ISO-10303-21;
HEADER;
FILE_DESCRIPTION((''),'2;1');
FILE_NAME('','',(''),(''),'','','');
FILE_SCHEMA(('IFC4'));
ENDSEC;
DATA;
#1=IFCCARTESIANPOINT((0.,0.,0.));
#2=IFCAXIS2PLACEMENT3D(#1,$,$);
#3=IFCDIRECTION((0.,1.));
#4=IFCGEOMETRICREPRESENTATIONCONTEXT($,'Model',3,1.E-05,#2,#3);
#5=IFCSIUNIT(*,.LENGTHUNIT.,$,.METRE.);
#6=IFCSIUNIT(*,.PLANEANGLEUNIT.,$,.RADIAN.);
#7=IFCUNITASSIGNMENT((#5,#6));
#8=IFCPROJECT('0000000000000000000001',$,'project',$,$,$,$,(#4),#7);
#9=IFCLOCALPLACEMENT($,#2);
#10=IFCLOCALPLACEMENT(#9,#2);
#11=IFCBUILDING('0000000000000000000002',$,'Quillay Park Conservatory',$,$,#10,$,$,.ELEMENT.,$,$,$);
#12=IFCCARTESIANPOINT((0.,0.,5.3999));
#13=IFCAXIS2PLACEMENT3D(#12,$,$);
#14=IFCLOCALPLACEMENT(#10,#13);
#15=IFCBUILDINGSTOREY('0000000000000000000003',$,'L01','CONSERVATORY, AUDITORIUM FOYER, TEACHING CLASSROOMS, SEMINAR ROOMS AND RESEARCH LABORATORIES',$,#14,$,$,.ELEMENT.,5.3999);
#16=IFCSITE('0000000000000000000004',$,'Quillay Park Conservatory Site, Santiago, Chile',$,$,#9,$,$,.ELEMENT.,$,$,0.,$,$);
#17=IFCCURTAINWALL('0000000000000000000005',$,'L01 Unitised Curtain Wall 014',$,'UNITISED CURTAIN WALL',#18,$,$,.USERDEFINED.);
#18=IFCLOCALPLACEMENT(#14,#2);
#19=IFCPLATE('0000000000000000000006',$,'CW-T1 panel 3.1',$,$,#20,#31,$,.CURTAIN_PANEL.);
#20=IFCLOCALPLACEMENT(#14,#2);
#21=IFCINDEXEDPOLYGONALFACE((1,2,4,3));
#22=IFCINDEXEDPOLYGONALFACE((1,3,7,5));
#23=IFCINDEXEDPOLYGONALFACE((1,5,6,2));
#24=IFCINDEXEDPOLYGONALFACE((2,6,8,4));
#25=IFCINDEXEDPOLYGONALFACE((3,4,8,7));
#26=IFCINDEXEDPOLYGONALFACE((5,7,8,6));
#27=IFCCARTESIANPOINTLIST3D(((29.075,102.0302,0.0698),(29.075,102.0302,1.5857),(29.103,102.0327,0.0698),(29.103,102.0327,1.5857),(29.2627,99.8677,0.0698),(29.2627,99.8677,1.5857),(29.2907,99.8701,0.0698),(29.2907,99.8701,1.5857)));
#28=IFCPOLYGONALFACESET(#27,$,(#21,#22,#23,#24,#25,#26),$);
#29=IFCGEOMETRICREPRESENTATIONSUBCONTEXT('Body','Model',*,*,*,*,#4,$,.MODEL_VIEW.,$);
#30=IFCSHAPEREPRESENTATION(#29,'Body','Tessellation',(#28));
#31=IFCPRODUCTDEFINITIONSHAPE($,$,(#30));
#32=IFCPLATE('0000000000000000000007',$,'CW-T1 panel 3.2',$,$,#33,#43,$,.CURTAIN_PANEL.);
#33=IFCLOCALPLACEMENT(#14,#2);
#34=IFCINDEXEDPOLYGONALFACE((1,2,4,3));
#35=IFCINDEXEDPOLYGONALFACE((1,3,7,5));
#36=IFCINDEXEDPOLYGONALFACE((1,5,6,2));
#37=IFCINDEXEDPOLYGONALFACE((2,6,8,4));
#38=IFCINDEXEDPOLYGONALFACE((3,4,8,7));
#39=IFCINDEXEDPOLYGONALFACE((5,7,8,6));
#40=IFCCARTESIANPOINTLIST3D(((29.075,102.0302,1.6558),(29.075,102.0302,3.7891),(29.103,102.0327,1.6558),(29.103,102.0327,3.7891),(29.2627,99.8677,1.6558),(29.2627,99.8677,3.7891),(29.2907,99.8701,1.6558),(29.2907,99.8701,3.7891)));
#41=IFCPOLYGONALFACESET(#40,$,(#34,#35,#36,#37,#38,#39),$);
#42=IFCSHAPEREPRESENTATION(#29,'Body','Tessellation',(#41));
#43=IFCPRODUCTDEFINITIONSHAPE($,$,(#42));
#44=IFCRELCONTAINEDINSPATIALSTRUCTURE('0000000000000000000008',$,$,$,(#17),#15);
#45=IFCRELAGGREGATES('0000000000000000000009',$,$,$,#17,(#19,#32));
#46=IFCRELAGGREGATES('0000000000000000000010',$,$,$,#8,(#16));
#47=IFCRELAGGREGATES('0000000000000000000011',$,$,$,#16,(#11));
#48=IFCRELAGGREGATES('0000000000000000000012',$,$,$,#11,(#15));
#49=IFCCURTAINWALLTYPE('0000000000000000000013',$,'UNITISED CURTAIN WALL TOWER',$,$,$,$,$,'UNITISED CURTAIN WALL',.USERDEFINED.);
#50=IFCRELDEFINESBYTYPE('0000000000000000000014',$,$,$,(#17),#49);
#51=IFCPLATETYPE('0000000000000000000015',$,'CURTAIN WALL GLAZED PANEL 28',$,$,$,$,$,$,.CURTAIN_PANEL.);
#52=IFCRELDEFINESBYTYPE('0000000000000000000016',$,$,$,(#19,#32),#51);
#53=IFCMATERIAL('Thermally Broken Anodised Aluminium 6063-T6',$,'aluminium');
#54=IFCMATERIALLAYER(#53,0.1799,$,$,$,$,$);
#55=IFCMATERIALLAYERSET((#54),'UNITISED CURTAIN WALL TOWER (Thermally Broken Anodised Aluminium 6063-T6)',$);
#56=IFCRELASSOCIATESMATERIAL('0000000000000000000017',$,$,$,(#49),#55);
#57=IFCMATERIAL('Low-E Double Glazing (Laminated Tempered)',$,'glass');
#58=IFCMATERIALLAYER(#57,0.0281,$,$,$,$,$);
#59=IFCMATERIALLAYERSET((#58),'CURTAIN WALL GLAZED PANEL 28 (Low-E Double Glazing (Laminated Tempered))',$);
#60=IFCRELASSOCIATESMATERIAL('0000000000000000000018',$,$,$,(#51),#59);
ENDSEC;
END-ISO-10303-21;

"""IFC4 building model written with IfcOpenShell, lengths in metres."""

from ifc_helpers import new_model, si_unit, direction, frame, origin, origin_2d, place, context, subcontext, project, spatial, rectangle, extrude, material, layer, layer_set, type_object, element, aggregate, save


model = new_model("IFC4")

# Units and contexts
model_context = context("Model", 3, precision=1e-05, world=origin(), true_north=direction((0.0, 1.0)))
body_context = subcontext(model_context, "Body", "Model", "MODEL_VIEW")
ifc_project = project(units=[si_unit("LENGTHUNIT", "METRE"), si_unit("PLANEANGLEUNIT", "RADIAN")], contexts=[model_context])

# Site, building, storey
site_placement = place(None, origin())
site = spatial("IfcSite", under=ifc_project, at=site_placement, Name="Quillay Park Conservatory Site, Santiago, Chile", CompositionType="ELEMENT", RefElevation=0.0)
building_placement = place(site_placement, origin())
building = spatial("IfcBuilding", under=site, at=building_placement, Name="Quillay Park Conservatory", CompositionType="ELEMENT")
storey_placement = place(building_placement, frame((0.0, 0.0, 5.3999)))
storey = spatial("IfcBuildingStorey", under=building, at=storey_placement, Name="L01", Description="CONSERVATORY, AUDITORIUM FOYER, TEACHING CLASSROOMS, SEMINAR ROOMS AND RESEARCH LABORATORIES", CompositionType="ELEMENT", Elevation=5.3999)

# Curtain wall
ifc_material_1 = material(Name="Thermally Broken Anodised Aluminium 6063-T6", Category="aluminium")
ifc_layer_1 = layer(ifc_material_1, 0.1799)
ifc_layer_set_1 = layer_set([ifc_layer_1], Name="UNITISED CURTAIN WALL TOWER (Thermally Broken Anodised Aluminium 6063-T6)")
curtain_wall_type = type_object("IfcCurtainWallType", Name="UNITISED CURTAIN WALL TOWER", ElementType="UNITISED CURTAIN WALL", PredefinedType="USERDEFINED", material=ifc_layer_set_1)
curtain_wall_1_placement = place(storey_placement, origin())
curtain_wall_1 = element("IfcCurtainWall", 1, at=curtain_wall_1_placement, inside=storey, type_object=curtain_wall_type, Name="L01 Unitised Curtain Wall 014", ObjectType="UNITISED CURTAIN WALL", PredefinedType="USERDEFINED")

# Plates
ifc_material_2 = material(Name="Low-E Double Glazing (Laminated Tempered)", Category="glass")
ifc_layer_2 = layer(ifc_material_2, 0.0281)
ifc_layer_set_2 = layer_set([ifc_layer_2], Name="CURTAIN WALL GLAZED PANEL 28 (Low-E Double Glazing (Laminated Tempered))")
plate_type = type_object("IfcPlateType", Name="CURTAIN WALL GLAZED PANEL 28", PredefinedType="CURTAIN_PANEL", material=ifc_layer_set_2)
plate_1_placement = place(storey_placement, frame((29.1829, 100.9502, 0.0698), z_axis=(0.0, 0.0, 1.0), x_axis=(0.08648, -0.996254, 0.0)))
plate_1 = element("IfcPlate", 2, at=plate_1_placement, type_object=plate_type, Name="CW-T1 panel 3.1", PredefinedType="CURTAIN_PANEL", context=body_context, shape_type="SweptSolid", body=[
    extrude(rectangle(XDim=2.1707, YDim=0.0281, at=origin_2d()), origin(), (0.0, 0.0, 1.0), 1.5159),
])
plate_2_placement = place(storey_placement, frame((29.1829, 100.9502, 1.6558), z_axis=(0.0, 0.0, 1.0), x_axis=(0.08648, -0.996254, 0.0)))
plate_2 = element("IfcPlate", 3, at=plate_2_placement, type_object=plate_type, Name="CW-T1 panel 3.2", PredefinedType="CURTAIN_PANEL", context=body_context, shape_type="SweptSolid", body=[
    extrude(rectangle(XDim=2.1707, YDim=0.0281, at=origin_2d()), origin(), (0.0, 0.0, 1.0), 2.1333),
])
aggregate(curtain_wall_1, [plate_1, plate_2])

save(model, "model.ifc")
